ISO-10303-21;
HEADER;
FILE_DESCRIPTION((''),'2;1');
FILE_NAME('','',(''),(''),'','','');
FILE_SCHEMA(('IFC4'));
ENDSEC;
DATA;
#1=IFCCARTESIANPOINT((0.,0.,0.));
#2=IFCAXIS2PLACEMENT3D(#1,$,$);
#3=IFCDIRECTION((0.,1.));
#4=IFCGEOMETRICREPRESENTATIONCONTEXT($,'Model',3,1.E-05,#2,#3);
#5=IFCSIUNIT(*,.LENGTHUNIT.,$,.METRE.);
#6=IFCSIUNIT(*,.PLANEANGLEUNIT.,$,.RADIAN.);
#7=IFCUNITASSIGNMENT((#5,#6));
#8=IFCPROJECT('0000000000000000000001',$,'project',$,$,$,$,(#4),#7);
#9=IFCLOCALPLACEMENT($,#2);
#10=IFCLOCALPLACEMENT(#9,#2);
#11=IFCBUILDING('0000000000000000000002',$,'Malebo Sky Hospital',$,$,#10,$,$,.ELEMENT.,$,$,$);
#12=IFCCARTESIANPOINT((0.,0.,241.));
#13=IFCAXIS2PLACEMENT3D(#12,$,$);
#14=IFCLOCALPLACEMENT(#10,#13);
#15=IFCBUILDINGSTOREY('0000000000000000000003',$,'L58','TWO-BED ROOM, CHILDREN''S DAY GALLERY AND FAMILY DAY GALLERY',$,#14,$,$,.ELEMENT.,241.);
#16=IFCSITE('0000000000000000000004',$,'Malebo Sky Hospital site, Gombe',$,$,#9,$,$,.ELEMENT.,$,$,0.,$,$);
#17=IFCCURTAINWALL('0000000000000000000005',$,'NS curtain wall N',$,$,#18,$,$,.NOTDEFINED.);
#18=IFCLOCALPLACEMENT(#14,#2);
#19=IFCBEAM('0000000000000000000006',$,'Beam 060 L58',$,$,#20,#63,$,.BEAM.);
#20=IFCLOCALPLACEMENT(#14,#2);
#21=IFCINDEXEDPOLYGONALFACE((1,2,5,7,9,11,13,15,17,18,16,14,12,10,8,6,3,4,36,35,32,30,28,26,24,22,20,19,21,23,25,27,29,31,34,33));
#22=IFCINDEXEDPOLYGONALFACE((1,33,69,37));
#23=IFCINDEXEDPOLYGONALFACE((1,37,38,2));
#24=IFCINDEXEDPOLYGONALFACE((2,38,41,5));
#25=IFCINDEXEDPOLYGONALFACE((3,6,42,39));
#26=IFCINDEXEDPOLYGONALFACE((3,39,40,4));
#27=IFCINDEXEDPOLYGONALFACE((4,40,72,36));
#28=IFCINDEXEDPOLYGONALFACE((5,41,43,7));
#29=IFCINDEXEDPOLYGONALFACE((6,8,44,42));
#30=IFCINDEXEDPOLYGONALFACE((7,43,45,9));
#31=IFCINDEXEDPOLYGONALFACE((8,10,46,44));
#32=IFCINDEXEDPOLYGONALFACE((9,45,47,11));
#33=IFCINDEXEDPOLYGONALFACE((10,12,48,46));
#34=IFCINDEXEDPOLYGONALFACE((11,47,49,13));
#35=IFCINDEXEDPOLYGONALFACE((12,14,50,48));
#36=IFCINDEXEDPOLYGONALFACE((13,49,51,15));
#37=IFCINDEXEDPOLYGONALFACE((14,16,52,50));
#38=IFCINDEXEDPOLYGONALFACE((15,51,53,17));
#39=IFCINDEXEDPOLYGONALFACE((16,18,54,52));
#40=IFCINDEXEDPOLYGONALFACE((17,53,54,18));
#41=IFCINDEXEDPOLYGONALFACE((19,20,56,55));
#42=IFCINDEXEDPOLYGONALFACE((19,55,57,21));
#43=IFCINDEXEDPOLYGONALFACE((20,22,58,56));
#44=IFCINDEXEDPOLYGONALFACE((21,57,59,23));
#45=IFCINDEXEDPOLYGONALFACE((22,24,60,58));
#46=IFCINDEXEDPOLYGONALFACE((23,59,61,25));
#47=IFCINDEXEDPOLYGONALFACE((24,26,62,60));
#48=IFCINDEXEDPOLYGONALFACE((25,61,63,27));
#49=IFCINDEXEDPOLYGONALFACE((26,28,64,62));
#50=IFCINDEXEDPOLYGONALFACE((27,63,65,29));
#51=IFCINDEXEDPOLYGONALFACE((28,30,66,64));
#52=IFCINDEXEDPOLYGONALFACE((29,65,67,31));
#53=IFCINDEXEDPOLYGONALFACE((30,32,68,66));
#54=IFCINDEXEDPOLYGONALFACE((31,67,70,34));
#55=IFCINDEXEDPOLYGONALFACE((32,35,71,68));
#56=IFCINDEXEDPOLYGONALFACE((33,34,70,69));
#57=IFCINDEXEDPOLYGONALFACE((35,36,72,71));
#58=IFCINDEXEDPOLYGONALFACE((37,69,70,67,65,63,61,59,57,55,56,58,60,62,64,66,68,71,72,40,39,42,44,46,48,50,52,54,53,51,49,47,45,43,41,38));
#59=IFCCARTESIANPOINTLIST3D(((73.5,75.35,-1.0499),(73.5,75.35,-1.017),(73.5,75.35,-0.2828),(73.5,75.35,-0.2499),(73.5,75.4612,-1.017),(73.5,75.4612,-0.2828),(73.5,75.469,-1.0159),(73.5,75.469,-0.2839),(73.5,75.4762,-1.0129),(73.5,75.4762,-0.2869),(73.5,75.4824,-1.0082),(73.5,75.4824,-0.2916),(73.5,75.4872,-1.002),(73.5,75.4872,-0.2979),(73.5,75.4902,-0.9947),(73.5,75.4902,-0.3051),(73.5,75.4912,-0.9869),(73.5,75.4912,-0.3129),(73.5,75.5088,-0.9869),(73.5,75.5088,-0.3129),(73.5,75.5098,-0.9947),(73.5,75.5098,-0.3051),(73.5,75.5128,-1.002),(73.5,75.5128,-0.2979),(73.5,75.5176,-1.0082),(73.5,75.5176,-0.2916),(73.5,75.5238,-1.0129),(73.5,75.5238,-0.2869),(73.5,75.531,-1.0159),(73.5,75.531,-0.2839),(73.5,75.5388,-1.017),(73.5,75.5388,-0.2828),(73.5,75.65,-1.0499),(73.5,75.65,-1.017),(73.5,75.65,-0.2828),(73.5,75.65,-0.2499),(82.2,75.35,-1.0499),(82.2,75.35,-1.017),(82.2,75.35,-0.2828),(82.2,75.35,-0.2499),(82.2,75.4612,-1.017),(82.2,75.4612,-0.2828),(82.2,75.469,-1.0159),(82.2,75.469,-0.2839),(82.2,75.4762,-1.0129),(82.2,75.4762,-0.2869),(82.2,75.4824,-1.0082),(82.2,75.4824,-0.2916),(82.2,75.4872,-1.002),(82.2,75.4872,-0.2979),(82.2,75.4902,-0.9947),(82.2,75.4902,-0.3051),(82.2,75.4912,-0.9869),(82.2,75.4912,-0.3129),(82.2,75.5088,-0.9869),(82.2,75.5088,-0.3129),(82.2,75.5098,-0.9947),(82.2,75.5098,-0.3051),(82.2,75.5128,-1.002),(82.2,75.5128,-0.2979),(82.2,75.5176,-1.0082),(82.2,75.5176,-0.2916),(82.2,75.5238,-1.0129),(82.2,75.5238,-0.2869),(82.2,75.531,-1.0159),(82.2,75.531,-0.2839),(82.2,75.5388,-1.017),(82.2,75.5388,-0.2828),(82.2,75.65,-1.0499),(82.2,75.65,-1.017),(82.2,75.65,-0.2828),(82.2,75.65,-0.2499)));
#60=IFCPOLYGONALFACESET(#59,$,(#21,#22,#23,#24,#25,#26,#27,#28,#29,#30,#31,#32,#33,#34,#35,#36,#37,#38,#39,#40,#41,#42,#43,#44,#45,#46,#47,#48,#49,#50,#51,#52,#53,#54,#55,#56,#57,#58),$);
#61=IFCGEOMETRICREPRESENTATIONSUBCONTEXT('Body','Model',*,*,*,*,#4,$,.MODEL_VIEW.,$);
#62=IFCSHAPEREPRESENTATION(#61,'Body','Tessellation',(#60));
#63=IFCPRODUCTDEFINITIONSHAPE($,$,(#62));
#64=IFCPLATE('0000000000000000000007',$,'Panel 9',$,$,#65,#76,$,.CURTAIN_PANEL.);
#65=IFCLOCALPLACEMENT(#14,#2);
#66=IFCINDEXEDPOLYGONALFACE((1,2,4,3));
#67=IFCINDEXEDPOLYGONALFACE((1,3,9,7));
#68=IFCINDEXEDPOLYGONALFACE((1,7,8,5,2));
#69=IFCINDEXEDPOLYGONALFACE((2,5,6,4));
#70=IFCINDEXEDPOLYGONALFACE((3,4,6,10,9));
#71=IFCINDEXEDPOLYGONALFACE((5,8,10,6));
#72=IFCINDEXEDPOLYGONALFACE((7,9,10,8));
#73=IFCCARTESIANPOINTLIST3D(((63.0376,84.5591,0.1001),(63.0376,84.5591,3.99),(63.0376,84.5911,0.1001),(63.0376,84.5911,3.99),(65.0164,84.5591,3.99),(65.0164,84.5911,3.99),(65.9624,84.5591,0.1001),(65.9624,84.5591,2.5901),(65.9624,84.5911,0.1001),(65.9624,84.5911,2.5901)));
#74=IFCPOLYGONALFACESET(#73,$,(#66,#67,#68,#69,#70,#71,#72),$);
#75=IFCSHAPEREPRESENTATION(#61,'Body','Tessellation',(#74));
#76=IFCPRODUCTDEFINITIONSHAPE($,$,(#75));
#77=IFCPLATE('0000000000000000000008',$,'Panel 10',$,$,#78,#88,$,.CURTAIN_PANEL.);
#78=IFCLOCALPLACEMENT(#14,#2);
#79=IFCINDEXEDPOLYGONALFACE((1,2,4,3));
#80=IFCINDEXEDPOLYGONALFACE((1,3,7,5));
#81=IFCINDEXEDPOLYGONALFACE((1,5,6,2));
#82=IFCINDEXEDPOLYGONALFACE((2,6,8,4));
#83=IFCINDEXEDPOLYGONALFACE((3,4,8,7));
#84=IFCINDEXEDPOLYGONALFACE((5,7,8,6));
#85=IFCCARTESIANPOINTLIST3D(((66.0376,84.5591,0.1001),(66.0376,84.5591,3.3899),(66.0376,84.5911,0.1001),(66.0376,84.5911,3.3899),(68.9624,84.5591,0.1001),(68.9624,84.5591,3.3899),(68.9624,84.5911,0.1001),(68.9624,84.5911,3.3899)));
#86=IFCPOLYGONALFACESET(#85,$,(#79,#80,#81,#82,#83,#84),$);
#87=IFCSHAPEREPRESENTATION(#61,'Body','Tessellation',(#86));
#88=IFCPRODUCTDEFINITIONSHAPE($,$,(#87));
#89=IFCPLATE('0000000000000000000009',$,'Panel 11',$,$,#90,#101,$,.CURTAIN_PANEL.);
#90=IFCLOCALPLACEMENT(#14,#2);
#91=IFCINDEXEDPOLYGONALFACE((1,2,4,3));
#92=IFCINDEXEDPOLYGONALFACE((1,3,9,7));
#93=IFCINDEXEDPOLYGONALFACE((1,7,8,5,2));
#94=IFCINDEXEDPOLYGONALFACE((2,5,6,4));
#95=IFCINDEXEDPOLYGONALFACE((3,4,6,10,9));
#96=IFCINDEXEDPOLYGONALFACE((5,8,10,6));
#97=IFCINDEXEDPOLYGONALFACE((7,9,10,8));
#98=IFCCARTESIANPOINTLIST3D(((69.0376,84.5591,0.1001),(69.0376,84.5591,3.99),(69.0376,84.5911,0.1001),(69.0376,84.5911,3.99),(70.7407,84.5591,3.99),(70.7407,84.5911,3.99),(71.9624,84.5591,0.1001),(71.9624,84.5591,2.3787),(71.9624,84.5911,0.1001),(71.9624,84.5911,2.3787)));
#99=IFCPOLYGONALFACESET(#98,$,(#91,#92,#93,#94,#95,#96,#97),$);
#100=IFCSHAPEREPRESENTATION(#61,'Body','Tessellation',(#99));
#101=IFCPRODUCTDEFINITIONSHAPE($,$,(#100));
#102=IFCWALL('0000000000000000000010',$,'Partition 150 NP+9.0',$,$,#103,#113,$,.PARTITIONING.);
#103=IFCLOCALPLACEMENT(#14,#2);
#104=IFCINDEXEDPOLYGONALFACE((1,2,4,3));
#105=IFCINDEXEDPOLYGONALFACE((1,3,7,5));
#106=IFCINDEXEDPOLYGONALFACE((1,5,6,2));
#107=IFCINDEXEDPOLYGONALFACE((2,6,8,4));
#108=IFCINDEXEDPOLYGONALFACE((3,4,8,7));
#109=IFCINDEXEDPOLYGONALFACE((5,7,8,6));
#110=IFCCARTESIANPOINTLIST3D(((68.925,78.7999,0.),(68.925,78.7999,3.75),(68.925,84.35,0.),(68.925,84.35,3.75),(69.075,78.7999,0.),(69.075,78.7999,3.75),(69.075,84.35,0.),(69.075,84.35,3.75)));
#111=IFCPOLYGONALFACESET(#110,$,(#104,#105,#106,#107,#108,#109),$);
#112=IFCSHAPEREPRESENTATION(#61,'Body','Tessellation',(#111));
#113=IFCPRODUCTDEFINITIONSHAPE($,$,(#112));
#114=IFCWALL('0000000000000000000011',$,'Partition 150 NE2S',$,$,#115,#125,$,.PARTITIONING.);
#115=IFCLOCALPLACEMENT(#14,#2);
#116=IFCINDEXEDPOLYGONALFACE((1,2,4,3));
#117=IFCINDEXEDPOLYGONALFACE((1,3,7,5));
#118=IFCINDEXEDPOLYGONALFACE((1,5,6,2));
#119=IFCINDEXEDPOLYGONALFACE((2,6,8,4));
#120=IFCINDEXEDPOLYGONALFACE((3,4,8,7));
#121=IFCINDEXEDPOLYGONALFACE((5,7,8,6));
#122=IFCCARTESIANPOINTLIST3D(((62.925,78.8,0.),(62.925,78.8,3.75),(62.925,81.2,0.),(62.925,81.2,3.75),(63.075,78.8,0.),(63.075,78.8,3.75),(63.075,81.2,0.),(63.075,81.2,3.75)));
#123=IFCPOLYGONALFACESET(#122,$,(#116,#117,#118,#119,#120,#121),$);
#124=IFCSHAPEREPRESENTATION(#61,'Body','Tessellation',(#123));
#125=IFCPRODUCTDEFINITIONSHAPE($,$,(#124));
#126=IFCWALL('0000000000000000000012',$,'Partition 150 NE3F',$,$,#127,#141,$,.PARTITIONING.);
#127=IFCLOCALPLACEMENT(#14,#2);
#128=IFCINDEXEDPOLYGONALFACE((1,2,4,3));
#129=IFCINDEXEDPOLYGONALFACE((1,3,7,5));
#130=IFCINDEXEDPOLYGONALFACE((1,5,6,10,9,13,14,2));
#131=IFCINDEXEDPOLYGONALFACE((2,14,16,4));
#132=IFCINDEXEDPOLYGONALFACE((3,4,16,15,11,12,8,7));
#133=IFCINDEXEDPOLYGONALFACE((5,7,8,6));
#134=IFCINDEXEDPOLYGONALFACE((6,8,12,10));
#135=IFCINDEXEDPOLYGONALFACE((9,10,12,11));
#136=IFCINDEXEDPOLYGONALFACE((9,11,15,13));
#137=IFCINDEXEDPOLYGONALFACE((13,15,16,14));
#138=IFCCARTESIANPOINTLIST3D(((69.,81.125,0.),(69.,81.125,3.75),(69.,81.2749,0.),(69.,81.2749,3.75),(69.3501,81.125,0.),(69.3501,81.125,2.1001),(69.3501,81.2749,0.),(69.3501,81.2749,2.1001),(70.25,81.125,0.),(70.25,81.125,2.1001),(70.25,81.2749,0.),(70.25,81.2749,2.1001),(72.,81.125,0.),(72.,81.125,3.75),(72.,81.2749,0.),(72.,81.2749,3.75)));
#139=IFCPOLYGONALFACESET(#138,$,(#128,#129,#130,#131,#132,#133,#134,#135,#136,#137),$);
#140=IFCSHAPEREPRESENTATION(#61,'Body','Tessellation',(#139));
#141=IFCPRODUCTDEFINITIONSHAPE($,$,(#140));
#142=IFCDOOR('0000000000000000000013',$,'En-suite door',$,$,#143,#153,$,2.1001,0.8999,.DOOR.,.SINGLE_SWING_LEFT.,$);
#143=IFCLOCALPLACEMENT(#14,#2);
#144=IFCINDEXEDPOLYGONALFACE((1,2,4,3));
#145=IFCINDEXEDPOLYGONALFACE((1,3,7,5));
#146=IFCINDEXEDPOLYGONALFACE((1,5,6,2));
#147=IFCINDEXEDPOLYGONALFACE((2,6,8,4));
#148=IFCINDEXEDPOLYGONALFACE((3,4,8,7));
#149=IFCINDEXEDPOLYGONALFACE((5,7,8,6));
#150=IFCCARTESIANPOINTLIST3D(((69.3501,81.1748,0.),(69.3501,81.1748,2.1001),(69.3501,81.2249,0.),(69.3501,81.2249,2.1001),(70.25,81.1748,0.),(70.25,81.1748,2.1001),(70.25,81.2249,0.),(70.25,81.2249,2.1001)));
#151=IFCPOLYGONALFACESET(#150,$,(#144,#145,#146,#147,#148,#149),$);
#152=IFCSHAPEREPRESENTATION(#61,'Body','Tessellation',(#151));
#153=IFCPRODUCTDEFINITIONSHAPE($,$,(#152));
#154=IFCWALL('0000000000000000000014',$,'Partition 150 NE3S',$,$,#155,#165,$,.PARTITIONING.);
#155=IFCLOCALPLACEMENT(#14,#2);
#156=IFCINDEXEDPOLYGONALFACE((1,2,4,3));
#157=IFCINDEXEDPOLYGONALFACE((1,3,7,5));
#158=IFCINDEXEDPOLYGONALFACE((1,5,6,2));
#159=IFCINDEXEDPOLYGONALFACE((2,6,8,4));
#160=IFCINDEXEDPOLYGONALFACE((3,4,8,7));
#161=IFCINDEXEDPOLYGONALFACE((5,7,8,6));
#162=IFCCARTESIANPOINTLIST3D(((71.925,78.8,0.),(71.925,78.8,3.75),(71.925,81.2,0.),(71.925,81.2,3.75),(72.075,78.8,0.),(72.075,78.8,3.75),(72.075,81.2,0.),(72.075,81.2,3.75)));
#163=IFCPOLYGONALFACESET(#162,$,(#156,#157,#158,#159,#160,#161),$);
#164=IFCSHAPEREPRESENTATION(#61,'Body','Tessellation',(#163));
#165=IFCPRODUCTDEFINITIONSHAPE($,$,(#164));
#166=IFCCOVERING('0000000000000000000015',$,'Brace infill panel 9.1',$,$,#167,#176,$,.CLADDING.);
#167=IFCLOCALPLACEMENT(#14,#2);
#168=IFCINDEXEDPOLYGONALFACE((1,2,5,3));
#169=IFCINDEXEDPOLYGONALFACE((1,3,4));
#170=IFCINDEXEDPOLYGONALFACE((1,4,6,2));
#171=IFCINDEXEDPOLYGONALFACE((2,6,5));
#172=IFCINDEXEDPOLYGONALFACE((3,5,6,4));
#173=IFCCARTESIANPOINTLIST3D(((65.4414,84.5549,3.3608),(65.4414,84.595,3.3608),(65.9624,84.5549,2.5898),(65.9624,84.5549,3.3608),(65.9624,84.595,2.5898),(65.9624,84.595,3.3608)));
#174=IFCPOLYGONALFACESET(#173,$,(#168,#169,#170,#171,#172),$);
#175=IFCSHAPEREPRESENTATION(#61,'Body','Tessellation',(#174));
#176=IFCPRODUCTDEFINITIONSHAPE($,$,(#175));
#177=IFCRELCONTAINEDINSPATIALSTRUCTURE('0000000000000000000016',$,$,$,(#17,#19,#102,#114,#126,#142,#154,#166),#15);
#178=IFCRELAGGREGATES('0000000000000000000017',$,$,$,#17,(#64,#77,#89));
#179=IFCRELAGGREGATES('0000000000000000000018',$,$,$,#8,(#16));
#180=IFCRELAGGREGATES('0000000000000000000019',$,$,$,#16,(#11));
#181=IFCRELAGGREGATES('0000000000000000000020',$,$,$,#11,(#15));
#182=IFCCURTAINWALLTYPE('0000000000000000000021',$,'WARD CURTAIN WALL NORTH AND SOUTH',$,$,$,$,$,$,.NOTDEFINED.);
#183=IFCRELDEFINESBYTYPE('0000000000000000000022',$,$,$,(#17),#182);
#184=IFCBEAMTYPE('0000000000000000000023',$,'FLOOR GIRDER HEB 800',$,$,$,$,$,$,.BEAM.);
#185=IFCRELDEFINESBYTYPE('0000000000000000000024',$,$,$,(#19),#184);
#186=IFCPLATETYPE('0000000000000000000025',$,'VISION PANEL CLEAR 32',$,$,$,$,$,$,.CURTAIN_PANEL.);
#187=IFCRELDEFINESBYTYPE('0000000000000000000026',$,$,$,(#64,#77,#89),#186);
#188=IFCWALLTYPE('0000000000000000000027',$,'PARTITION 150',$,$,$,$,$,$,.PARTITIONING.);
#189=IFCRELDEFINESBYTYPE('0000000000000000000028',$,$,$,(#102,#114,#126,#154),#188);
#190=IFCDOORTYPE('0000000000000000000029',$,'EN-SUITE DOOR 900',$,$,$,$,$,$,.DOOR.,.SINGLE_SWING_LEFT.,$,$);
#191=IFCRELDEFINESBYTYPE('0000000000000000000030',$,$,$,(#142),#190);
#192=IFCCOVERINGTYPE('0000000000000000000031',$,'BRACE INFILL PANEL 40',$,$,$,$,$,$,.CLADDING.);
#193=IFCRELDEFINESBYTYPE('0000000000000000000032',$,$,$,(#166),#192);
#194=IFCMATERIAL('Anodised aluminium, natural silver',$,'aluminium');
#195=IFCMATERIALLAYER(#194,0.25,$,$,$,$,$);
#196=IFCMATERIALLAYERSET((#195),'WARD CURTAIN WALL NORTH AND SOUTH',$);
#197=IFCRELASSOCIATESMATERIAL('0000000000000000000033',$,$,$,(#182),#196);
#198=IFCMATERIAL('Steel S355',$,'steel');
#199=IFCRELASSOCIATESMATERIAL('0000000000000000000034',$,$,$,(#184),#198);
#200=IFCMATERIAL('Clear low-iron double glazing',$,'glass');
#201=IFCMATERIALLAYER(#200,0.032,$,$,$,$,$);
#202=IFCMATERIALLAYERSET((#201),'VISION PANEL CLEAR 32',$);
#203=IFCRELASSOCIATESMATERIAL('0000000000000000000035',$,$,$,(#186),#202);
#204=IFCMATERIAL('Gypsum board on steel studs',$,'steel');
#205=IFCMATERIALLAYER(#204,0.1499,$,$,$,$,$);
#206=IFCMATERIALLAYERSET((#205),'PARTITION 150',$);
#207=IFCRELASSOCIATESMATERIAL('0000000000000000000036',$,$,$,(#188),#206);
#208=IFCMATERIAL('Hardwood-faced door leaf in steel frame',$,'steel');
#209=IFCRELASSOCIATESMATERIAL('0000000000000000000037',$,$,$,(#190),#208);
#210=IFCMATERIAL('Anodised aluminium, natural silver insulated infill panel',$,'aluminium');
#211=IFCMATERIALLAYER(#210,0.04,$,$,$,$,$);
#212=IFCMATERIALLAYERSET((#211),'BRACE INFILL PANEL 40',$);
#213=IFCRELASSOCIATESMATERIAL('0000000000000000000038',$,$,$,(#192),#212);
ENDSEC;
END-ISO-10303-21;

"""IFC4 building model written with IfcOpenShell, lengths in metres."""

from ifc_helpers import new_model, si_unit, direction, frame, frame_2d, origin, origin_2d, place, context, subcontext, project, spatial, polyline, rectangle, i_section, outline, extrude, material, layer, layer_set, material_profile, profile_set, type_object, element, fill, aggregate, save


model = new_model("IFC4")

# Units and contexts
model_context = context("Model", 3, precision=1e-05, world=origin(), true_north=direction((0.0, 1.0)))
body_context = subcontext(model_context, "Body", "Model", "MODEL_VIEW")
ifc_project = project(units=[si_unit("LENGTHUNIT", "METRE"), si_unit("PLANEANGLEUNIT", "RADIAN")], contexts=[model_context])

# Site, building, storey
site_placement = place(None, origin())
site = spatial("IfcSite", under=ifc_project, at=site_placement, Name="Malebo Sky Hospital site, Gombe", CompositionType="ELEMENT", RefElevation=0.0)
building_placement = place(site_placement, origin())
building = spatial("IfcBuilding", under=site, at=building_placement, Name="Malebo Sky Hospital", CompositionType="ELEMENT")
storey_placement = place(building_placement, frame((0.0, 0.0, 241.0)))
storey = spatial("IfcBuildingStorey", under=building, at=storey_placement, Name="L58", Description="TWO-BED ROOM, CHILDREN'S DAY GALLERY AND FAMILY DAY GALLERY", CompositionType="ELEMENT", Elevation=241.0)

# Curtain wall
ifc_material_1 = material(Name="Anodised aluminium, natural silver", Category="aluminium")
ifc_layer_1 = layer(ifc_material_1, 0.25)
ifc_layer_set_1 = layer_set([ifc_layer_1], Name="WARD CURTAIN WALL NORTH AND SOUTH")
curtain_wall_type = type_object("IfcCurtainWallType", Name="WARD CURTAIN WALL NORTH AND SOUTH", PredefinedType="NOTDEFINED", material=ifc_layer_set_1)
curtain_wall_placement = place(storey_placement, origin())
curtain_wall = element("IfcCurtainWall", 1, at=curtain_wall_placement, inside=storey, type_object=curtain_wall_type, Name="NS curtain wall N", PredefinedType="NOTDEFINED")

# Shared definitions
ifc_material_2 = material(Name="Steel S355", Category="steel")

# Beam
ifc_material_profile_1 = material_profile(ifc_material_2, i_section(OverallWidth=0.3, OverallDepth=0.8, WebThickness=0.0176, FlangeThickness=0.033, FilletRadius=0.03, at=origin_2d()), Name="HEB 800")
ifc_profile_set_1 = profile_set([ifc_material_profile_1], Name="Steel S355")
beam_type_1 = type_object("IfcBeamType", Name="FLOOR GIRDER HEB 800", PredefinedType="BEAM", material=ifc_profile_set_1)
for number, where, z_axis, x_axis, name in (
    (2, (73.5, 75.5, -0.6499), (1.0, 0.0, 0.0), (0.0, 1.0, 0.0), "Beam 060 L58"),
):
    element("IfcBeam", number, at=place(storey_placement, frame(where, z_axis=z_axis, x_axis=x_axis)), inside=storey, type_object=beam_type_1, Name=name, PredefinedType="BEAM", context=body_context, shape_type="SweptSolid", body=[
        extrude(i_section(OverallWidth=0.3, OverallDepth=0.8, WebThickness=0.0176, FlangeThickness=0.033, FilletRadius=0.03, at=origin_2d()), origin(), (0.0, 0.0, 1.0), 8.7),
    ])

# Plates
ifc_material_3 = material(Name="Clear low-iron double glazing", Category="glass")
ifc_layer_2 = layer(ifc_material_3, 0.032)
ifc_layer_set_2 = layer_set([ifc_layer_2], Name="VISION PANEL CLEAR 32")
plate_type = type_object("IfcPlateType", Name="VISION PANEL CLEAR 32", PredefinedType="CURTAIN_PANEL", material=ifc_layer_set_2)
plate_1_placement = place(storey_placement, frame((64.5, 84.575, 0.1001), z_axis=(0.0, 0.0, 1.0), x_axis=(1.0, 0.0, 0.0)))
plate_1 = element("IfcPlate", 3, at=plate_1_placement, type_object=plate_type, Name="Panel 9", PredefinedType="CURTAIN_PANEL", context=body_context, shape_type="SweptSolid", body=[
    extrude(outline(polyline([(-1.4624, 0.0), (1.4624, 0.0), (1.4624, 2.49), (0.5164, 3.8899), (-1.4624, 3.8899), (-1.4624, 0.0)])), frame((0.0, 0.0161, 0.0), z_axis=(0.0, -1.0, 0.0), x_axis=(1.0, 0.0, 0.0)), (0.0, 0.0, 1.0), 0.032),
])
plate_2_placement = place(storey_placement, frame((67.5, 84.575, 0.1001), z_axis=(0.0, 0.0, 1.0), x_axis=(1.0, 0.0, 0.0)))
plate_2 = element("IfcPlate", 4, at=plate_2_placement, type_object=plate_type, Name="Panel 10", PredefinedType="CURTAIN_PANEL", context=body_context, shape_type="SweptSolid", body=[
    extrude(outline(polyline([(-1.4624, 0.0), (1.4624, 0.0), (1.4624, 3.2898), (-1.4624, 3.2898), (-1.4624, 0.0)])), frame((0.0, 0.0161, 0.0), z_axis=(0.0, -1.0, 0.0), x_axis=(1.0, 0.0, 0.0)), (0.0, 0.0, 1.0), 0.032),
])
plate_3_placement = place(storey_placement, frame((70.5, 84.575, 0.1001), z_axis=(0.0, 0.0, 1.0), x_axis=(1.0, 0.0, 0.0)))
plate_3 = element("IfcPlate", 5, at=plate_3_placement, type_object=plate_type, Name="Panel 11", PredefinedType="CURTAIN_PANEL", context=body_context, shape_type="SweptSolid", body=[
    extrude(outline(polyline([(-1.4624, 0.0), (1.4624, 0.0), (1.4624, 2.2786), (0.2407, 3.8899), (-1.4624, 3.8899), (-1.4624, 0.0)])), frame((0.0, 0.0161, 0.0), z_axis=(0.0, -1.0, 0.0), x_axis=(1.0, 0.0, 0.0)), (0.0, 0.0, 1.0), 0.032),
])
aggregate(curtain_wall, [plate_1, plate_2, plate_3])

# Walls
ifc_material_4 = material(Name="Gypsum board on steel studs", Category="steel")
ifc_layer_3 = layer(ifc_material_4, 0.1499)
ifc_layer_set_3 = layer_set([ifc_layer_3], Name="PARTITION 150")
wall_type = type_object("IfcWallType", Name="PARTITION 150", PredefinedType="PARTITIONING", material=ifc_layer_set_3)
wall_1_placement = place(storey_placement, frame((69.0, 78.8, 0.0), z_axis=(0.0, 0.0, 1.0), x_axis=(0.0, 1.0, 0.0)))
element("IfcWall", 6, at=wall_1_placement, inside=storey, type_object=wall_type, Name="Partition 150 NP+9.0", PredefinedType="PARTITIONING", context=body_context, shape_type="SweptSolid", body=[
    extrude(rectangle(XDim=5.55, YDim=0.1499, at=frame_2d((2.7749, 0.0))), origin(), (0.0, 0.0, 1.0), 3.75),
])
wall_2_placement = place(storey_placement, frame((63.0, 78.8, 0.0), z_axis=(0.0, 0.0, 1.0), x_axis=(0.0, 1.0, 0.0)))
element("IfcWall", 7, at=wall_2_placement, inside=storey, type_object=wall_type, Name="Partition 150 NE2S", PredefinedType="PARTITIONING", context=body_context, shape_type="SweptSolid", body=[
    extrude(rectangle(XDim=2.3999, YDim=0.1499, at=frame_2d((1.2, 0.0))), origin(), (0.0, 0.0, 1.0), 3.75),
])

# Wall, opening, door
wall_3_placement = place(storey_placement, frame((69.0, 81.2, 0.0), z_axis=(0.0, 0.0, 1.0), x_axis=(1.0, 0.0, 0.0)))
wall_3 = element("IfcWall", 8, at=wall_3_placement, inside=storey, type_object=wall_type, Name="Partition 150 NE3F", PredefinedType="PARTITIONING", context=body_context, shape_type="SweptSolid", body=[
    extrude(rectangle(XDim=3.0, YDim=0.1499, at=frame_2d((1.5, 0.0))), origin(), (0.0, 0.0, 1.0), 3.75),
])
opening_placement = place(wall_3_placement, frame((0.3501, 0.0, 0.0)))
opening = element("IfcOpeningElement", 9, at=opening_placement, cuts=wall_3, PredefinedType="OPENING", context=body_context, shape_type="SweptSolid", body=[
    extrude(rectangle(XDim=0.8999, YDim=2.1001, at=frame_2d((0.45, 1.05))), frame((0.0, 0.085, 0.0), z_axis=(0.0, -1.0, 0.0), x_axis=(1.0, 0.0, 0.0)), (0.0, 0.0, 1.0), 0.1699),
])
ifc_material_5 = material(Name="Hardwood-faced door leaf in steel frame", Category="steel")
door_type = type_object("IfcDoorType", Name="EN-SUITE DOOR 900", OperationType="SINGLE_SWING_LEFT", PredefinedType="DOOR", material=ifc_material_5)
door_placement = place(opening_placement, origin())
door = element("IfcDoor", 10, at=door_placement, inside=storey, type_object=door_type, Name="En-suite door", OperationType="SINGLE_SWING_LEFT", OverallHeight=2.1001, OverallWidth=0.8999, PredefinedType="DOOR", context=body_context, shape_type="SweptSolid", body=[
    extrude(rectangle(XDim=0.8999, YDim=2.1001, at=frame_2d((0.45, 1.05))), frame((0.0, 0.0249, 0.0), z_axis=(0.0, -1.0, 0.0), x_axis=(1.0, 0.0, 0.0)), (0.0, 0.0, 1.0), 0.05),
])
fill(opening, door)

# Wall
wall_4_placement = place(storey_placement, frame((72.0, 78.8, 0.0), z_axis=(0.0, 0.0, 1.0), x_axis=(0.0, 1.0, 0.0)))
element("IfcWall", 11, at=wall_4_placement, inside=storey, type_object=wall_type, Name="Partition 150 NE3S", PredefinedType="PARTITIONING", context=body_context, shape_type="SweptSolid", body=[
    extrude(rectangle(XDim=2.3999, YDim=0.1499, at=frame_2d((1.2, 0.0))), origin(), (0.0, 0.0, 1.0), 3.75),
])

# Covering
ifc_material_6 = material(Name="Anodised aluminium, natural silver insulated infill panel", Category="aluminium")
ifc_layer_4 = layer(ifc_material_6, 0.04)
ifc_layer_set_4 = layer_set([ifc_layer_4], Name="BRACE INFILL PANEL 40")
covering_type = type_object("IfcCoveringType", Name="BRACE INFILL PANEL 40", PredefinedType="CLADDING", material=ifc_layer_set_4)
covering_1_placement = place(storey_placement, frame((65.7019, 84.575, 2.5898), z_axis=(0.0, 0.0, 1.0), x_axis=(1.0, 0.0, 0.0)))
element("IfcCovering", 12, at=covering_1_placement, inside=storey, type_object=covering_type, Name="Brace infill panel 9.1", PredefinedType="CLADDING", context=body_context, shape_type="SweptSolid", body=[
    extrude(outline(polyline([(0.2605, 0.0), (0.2605, 0.771), (-0.2605, 0.771), (0.2605, 0.0)])), frame((0.0, 0.02, 0.0), z_axis=(0.0, -1.0, 0.0), x_axis=(1.0, 0.0, 0.0)), (0.0, 0.0, 1.0), 0.04),
])

save(model, "model.ifc")
